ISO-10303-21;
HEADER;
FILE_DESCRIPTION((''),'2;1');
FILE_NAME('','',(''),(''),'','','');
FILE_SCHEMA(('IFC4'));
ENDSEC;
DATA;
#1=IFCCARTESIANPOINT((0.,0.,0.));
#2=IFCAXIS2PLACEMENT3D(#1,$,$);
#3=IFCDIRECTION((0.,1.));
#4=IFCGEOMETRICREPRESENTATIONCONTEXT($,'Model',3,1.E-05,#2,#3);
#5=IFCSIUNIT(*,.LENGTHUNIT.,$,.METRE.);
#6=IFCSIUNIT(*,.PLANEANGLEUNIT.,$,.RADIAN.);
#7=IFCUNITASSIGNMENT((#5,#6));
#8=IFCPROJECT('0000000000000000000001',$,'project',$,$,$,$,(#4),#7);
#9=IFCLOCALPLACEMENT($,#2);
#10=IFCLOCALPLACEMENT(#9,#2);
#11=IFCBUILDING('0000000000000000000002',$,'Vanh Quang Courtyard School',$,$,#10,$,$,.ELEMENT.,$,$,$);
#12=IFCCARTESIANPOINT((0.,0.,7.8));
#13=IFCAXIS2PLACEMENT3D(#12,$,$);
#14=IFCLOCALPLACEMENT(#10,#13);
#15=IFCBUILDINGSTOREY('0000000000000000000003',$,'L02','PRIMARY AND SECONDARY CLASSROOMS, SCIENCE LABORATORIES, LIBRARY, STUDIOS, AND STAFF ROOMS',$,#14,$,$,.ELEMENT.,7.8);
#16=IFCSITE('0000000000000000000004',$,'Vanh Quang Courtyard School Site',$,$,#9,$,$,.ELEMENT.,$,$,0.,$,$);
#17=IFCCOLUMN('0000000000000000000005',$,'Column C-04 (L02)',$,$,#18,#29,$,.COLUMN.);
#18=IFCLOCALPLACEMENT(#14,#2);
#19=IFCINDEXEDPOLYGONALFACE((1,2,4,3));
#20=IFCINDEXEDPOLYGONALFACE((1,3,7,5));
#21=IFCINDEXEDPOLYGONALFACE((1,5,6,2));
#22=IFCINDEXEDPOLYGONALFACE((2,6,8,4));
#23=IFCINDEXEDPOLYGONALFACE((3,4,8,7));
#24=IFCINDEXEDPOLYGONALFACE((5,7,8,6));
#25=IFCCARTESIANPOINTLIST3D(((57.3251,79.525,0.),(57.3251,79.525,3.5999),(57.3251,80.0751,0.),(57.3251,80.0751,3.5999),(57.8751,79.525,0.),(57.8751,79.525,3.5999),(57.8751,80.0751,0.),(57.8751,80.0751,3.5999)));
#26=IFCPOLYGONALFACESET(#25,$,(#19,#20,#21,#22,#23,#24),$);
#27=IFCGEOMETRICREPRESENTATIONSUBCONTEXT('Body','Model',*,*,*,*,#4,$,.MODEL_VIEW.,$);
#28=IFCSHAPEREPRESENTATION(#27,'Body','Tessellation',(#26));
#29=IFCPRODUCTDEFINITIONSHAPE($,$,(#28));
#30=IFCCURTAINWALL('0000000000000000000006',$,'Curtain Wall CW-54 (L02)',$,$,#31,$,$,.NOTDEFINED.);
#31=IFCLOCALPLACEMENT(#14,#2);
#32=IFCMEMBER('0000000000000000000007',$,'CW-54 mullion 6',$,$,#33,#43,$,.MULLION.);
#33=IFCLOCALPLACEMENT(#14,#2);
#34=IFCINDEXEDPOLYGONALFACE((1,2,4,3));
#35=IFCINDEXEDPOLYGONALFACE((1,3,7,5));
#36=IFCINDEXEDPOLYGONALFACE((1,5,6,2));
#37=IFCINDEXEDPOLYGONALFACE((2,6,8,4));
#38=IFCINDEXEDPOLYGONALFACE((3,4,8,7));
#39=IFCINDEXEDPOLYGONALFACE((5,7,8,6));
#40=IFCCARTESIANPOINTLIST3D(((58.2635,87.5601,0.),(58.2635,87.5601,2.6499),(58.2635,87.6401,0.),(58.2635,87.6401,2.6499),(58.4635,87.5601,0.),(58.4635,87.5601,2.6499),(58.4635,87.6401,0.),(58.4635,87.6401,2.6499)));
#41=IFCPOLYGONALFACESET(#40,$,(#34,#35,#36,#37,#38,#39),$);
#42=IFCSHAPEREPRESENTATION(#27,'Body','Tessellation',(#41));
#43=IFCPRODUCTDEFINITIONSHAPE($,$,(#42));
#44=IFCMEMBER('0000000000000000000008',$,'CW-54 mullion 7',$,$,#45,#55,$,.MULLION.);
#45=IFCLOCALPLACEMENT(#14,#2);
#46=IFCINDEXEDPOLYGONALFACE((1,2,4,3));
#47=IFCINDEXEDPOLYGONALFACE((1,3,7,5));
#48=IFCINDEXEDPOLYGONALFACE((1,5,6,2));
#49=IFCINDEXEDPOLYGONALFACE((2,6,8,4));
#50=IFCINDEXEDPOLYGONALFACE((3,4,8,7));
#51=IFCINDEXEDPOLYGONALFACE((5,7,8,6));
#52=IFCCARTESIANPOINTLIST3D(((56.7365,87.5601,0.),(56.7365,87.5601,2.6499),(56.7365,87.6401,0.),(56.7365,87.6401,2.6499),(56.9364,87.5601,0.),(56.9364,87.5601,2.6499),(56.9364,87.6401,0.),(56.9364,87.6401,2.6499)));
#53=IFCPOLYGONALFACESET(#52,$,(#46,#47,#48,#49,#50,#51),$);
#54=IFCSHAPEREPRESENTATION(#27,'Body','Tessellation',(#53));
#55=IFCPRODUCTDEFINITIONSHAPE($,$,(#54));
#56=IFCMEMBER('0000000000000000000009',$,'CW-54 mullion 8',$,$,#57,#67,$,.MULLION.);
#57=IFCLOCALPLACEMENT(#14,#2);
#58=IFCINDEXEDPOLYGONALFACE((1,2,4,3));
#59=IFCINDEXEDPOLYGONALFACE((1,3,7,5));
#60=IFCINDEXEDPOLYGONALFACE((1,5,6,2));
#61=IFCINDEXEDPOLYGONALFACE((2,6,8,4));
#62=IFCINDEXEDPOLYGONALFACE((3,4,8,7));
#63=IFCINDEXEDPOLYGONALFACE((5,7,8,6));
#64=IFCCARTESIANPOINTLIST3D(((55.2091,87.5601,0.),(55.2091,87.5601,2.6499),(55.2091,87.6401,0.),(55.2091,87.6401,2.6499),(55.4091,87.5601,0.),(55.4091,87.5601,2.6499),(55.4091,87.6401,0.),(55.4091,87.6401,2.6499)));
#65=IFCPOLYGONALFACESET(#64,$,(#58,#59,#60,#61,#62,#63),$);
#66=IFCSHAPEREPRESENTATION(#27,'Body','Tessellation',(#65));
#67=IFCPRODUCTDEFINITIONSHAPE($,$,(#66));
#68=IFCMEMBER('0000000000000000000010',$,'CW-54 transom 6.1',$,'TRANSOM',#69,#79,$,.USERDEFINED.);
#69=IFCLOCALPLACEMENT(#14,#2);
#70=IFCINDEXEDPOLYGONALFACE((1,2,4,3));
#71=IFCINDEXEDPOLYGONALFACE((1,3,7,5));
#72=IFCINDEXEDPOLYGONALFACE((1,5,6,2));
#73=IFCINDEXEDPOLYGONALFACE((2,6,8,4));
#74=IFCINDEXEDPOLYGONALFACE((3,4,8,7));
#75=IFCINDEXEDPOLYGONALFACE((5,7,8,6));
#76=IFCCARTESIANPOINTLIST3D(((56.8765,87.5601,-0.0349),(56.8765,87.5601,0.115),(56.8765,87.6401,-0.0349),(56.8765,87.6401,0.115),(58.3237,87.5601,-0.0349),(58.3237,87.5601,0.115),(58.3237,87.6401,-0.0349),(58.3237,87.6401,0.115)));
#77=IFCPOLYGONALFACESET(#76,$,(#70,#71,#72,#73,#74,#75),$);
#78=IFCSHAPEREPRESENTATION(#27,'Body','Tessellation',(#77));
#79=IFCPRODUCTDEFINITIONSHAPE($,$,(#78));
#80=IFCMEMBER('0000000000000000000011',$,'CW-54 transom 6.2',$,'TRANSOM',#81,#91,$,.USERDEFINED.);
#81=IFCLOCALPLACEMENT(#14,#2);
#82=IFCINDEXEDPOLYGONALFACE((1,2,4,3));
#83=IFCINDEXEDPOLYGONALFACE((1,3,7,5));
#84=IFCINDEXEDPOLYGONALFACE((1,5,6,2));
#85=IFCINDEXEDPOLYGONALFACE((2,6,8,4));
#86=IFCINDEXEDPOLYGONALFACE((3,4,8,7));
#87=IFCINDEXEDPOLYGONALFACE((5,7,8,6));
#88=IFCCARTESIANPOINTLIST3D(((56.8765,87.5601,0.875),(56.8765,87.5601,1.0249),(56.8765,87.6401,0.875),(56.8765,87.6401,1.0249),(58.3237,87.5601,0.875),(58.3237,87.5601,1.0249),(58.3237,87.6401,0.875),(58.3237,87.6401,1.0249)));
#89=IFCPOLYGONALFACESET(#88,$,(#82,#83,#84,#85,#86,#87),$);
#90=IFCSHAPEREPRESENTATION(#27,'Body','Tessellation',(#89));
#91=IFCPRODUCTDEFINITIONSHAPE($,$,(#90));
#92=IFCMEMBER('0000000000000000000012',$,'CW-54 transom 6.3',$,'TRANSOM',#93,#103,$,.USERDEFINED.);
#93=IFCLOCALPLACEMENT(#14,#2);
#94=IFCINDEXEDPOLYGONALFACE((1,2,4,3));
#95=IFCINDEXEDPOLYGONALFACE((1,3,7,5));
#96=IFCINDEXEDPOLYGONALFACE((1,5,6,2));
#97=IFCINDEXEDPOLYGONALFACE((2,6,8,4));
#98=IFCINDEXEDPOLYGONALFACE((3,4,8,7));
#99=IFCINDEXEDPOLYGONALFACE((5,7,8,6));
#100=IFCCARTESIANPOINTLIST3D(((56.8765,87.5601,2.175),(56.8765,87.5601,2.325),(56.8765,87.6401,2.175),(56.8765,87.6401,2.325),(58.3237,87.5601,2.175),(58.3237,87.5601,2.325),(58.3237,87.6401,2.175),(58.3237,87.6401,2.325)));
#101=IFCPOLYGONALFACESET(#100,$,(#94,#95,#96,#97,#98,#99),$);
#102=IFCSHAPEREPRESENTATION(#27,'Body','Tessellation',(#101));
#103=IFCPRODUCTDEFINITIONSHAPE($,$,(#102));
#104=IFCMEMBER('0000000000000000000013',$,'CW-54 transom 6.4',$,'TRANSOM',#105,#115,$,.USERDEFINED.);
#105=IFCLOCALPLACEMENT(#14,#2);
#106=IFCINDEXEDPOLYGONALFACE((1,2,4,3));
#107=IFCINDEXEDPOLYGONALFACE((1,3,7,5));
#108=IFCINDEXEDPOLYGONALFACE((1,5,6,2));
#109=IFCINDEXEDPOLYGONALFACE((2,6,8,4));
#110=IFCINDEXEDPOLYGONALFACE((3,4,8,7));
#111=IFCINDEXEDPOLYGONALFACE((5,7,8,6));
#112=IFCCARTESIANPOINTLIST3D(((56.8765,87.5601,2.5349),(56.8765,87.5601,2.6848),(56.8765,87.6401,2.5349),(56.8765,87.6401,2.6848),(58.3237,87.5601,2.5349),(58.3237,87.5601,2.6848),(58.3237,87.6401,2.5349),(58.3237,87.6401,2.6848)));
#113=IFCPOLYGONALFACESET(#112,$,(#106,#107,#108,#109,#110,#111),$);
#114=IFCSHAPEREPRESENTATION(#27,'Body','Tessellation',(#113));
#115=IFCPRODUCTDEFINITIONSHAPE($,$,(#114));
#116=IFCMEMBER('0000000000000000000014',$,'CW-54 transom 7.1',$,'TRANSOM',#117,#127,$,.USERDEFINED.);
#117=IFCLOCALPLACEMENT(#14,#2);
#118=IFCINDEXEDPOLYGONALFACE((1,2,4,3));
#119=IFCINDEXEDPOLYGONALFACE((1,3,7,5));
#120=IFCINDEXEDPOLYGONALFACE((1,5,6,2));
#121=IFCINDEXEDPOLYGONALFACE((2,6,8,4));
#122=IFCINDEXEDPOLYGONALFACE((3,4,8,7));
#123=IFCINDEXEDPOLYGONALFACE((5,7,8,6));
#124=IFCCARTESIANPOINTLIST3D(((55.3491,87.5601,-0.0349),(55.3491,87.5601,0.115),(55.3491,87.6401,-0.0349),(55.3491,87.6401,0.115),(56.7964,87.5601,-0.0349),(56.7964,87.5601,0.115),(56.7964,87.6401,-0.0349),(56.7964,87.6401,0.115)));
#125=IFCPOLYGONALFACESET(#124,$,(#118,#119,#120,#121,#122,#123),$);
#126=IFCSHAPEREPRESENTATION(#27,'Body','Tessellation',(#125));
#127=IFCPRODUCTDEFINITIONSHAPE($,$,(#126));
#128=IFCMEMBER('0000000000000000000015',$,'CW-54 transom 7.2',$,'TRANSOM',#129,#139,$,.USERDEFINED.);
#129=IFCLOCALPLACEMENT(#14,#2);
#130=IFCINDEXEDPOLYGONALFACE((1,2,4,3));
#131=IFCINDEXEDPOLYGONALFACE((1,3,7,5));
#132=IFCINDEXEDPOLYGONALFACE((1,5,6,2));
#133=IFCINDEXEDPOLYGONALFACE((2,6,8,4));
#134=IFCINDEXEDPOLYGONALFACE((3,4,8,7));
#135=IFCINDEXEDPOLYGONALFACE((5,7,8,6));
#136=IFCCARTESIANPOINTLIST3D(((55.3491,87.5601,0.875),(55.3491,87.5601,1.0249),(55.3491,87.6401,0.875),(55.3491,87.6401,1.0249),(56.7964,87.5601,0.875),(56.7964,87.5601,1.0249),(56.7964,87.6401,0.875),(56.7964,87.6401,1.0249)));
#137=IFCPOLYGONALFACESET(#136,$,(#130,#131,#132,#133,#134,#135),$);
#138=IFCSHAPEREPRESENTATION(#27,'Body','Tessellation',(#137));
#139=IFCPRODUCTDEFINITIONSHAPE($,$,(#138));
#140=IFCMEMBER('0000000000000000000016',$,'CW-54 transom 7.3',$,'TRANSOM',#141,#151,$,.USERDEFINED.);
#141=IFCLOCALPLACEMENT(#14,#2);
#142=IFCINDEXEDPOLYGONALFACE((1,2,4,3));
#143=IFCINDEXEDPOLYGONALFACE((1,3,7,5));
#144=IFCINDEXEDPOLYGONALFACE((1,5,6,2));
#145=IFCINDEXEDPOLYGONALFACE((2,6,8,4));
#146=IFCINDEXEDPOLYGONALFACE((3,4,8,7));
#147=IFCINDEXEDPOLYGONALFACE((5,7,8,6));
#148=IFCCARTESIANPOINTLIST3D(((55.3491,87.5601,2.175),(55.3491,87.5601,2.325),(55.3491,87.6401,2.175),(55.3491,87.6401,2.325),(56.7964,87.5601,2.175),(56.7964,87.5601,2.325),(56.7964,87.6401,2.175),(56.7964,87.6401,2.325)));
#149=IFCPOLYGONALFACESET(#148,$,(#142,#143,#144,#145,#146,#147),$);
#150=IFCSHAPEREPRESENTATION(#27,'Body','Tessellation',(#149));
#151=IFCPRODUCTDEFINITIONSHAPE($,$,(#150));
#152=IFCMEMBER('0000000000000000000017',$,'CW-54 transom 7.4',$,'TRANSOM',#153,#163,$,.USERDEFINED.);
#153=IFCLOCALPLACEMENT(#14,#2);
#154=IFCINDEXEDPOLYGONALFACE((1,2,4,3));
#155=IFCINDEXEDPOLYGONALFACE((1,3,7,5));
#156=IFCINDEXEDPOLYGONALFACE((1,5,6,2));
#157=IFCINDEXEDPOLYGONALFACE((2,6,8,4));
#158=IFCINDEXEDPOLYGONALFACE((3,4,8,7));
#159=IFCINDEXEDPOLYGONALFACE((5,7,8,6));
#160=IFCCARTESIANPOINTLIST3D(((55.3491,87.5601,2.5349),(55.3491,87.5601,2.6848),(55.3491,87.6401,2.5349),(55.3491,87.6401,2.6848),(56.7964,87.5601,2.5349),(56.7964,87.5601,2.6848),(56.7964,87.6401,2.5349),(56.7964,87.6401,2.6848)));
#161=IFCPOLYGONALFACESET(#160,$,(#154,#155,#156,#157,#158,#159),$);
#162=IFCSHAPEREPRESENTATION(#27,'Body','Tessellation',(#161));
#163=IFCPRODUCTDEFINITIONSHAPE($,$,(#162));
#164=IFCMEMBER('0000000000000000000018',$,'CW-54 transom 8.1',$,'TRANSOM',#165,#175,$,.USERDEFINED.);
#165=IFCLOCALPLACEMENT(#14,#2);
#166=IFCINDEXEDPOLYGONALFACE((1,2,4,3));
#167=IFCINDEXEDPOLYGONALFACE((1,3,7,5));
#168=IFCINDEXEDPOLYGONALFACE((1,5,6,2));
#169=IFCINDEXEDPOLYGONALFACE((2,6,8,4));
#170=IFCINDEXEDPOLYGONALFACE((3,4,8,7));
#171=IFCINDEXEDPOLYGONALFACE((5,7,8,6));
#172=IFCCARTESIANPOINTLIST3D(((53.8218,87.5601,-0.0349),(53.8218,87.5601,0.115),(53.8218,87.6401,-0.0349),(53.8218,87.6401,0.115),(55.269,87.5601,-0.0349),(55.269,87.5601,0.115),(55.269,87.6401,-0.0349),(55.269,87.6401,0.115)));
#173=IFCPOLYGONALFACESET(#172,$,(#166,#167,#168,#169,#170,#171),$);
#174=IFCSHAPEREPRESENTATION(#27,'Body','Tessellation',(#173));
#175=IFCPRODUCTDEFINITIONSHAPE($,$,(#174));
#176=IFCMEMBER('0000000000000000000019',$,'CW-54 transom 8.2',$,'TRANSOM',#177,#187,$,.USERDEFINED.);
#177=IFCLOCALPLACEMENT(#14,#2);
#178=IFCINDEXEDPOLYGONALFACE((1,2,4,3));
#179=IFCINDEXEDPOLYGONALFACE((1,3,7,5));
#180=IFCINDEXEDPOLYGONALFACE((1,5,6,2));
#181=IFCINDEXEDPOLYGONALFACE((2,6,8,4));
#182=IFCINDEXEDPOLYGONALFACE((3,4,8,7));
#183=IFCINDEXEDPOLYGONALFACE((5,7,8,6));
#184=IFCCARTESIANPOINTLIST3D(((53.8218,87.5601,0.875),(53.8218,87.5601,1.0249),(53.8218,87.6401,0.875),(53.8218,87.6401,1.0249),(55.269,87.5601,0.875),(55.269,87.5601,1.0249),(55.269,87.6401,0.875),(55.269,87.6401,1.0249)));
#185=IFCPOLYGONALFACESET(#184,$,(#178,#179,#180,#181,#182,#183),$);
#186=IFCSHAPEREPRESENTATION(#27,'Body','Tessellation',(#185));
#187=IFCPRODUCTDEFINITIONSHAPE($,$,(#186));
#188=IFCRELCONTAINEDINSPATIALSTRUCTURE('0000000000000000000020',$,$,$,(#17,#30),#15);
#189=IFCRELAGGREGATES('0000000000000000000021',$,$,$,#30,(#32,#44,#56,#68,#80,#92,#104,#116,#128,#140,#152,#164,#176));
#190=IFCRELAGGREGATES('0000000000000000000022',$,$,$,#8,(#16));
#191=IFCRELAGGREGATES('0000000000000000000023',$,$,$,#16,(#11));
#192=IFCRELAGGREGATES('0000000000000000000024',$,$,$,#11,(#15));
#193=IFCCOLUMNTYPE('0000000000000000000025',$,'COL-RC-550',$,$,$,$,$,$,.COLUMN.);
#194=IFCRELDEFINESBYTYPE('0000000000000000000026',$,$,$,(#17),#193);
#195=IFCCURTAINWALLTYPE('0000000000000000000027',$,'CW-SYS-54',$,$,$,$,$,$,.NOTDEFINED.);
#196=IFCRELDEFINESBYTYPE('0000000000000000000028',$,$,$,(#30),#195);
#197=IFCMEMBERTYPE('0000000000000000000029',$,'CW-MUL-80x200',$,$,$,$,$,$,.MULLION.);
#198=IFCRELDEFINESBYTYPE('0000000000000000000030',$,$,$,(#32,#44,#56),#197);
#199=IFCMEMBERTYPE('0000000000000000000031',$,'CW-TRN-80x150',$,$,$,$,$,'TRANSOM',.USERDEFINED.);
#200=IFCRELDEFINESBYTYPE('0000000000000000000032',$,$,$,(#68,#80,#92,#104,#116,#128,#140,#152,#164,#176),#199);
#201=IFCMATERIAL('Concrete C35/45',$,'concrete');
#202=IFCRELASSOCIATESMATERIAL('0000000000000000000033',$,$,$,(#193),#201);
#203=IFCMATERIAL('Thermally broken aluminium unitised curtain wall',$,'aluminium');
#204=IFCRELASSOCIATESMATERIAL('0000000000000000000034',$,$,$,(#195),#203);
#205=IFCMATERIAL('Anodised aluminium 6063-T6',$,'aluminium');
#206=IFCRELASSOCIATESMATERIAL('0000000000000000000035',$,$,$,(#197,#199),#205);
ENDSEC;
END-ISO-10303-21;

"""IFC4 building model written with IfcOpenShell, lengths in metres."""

from ifc_helpers import new_model, si_unit, direction, frame, origin, origin_2d, place, context, subcontext, project, spatial, rectangle, extrude, material, material_profile, profile_set, type_object, element, aggregate, save


model = new_model("IFC4")

# Units and contexts
model_context = context("Model", 3, precision=1e-05, world=origin(), true_north=direction((0.0, 1.0)))
body_context = subcontext(model_context, "Body", "Model", "MODEL_VIEW")
ifc_project = project(units=[si_unit("LENGTHUNIT", "METRE"), si_unit("PLANEANGLEUNIT", "RADIAN")], contexts=[model_context])

# Site, building, storey
site_placement = place(None, origin())
site = spatial("IfcSite", under=ifc_project, at=site_placement, Name="Vanh Quang Courtyard School Site", CompositionType="ELEMENT", RefElevation=0.0)
building_placement = place(site_placement, origin())
building = spatial("IfcBuilding", under=site, at=building_placement, Name="Vanh Quang Courtyard School", CompositionType="ELEMENT")
storey_placement = place(building_placement, frame((0.0, 0.0, 7.8)))
storey = spatial("IfcBuildingStorey", under=building, at=storey_placement, Name="L02", Description="PRIMARY AND SECONDARY CLASSROOMS, SCIENCE LABORATORIES, LIBRARY, STUDIOS, AND STAFF ROOMS", CompositionType="ELEMENT", Elevation=7.8)

# Column
ifc_material_1 = material(Name="Concrete C35/45", Category="concrete")
ifc_material_profile_1 = material_profile(ifc_material_1, rectangle(XDim=0.55, YDim=0.55, at=origin_2d()), Name="RC-COL 550x550")
ifc_profile_set_1 = profile_set([ifc_material_profile_1], Name="Concrete C35/45")
column_type = type_object("IfcColumnType", Name="COL-RC-550", PredefinedType="COLUMN", material=ifc_profile_set_1)
column_placement = place(storey_placement, frame((57.6001, 79.8, 0.0), z_axis=(0.0, 0.0, 1.0), x_axis=(1.0, 0.0, 0.0)))
element("IfcColumn", 1, at=column_placement, inside=storey, type_object=column_type, Name="Column C-04 (L02)", PredefinedType="COLUMN", context=body_context, shape_type="SweptSolid", body=[
    extrude(rectangle(XDim=0.55, YDim=0.55, at=origin_2d()), origin(), (0.0, 0.0, 1.0), 3.5999),
])

# Curtain wall, members
ifc_material_2 = material(Name="Thermally broken aluminium unitised curtain wall", Category="aluminium")
curtain_wall_type = type_object("IfcCurtainWallType", Name="CW-SYS-54", PredefinedType="NOTDEFINED", material=ifc_material_2)
curtain_wall_placement = place(storey_placement, origin())
curtain_wall = element("IfcCurtainWall", 2, at=curtain_wall_placement, inside=storey, type_object=curtain_wall_type, Name="Curtain Wall CW-54 (L02)", PredefinedType="NOTDEFINED")
ifc_material_3 = material(Name="Anodised aluminium 6063-T6", Category="aluminium")
ifc_material_profile_2 = material_profile(ifc_material_3, rectangle(XDim=0.0801, YDim=0.2, at=origin_2d()), Name="ALU-MUL 80x200")
ifc_profile_set_2 = profile_set([ifc_material_profile_2], Name="Anodised aluminium 6063-T6")
member_type_1 = type_object("IfcMemberType", Name="CW-MUL-80x200", PredefinedType="MULLION", material=ifc_profile_set_2)
member_1_placement = place(storey_placement, frame((58.3635, 87.6001, 0.0), z_axis=(0.0, 0.0, 1.0), x_axis=(0.0, -1.0, 0.0)))
member_1 = element("IfcMember", 3, at=member_1_placement, type_object=member_type_1, Name="CW-54 mullion 6", PredefinedType="MULLION", context=body_context, shape_type="SweptSolid", body=[
    extrude(rectangle(XDim=0.0801, YDim=0.2, at=origin_2d()), origin(), (0.0, 0.0, 1.0), 2.6499),
])
member_2_placement = place(storey_placement, frame((56.8364, 87.6001, 0.0), z_axis=(0.0, 0.0, 1.0), x_axis=(0.0, -1.0, 0.0)))
member_2 = element("IfcMember", 4, at=member_2_placement, type_object=member_type_1, Name="CW-54 mullion 7", PredefinedType="MULLION", context=body_context, shape_type="SweptSolid", body=[
    extrude(rectangle(XDim=0.0801, YDim=0.2, at=origin_2d()), origin(), (0.0, 0.0, 1.0), 2.6499),
])
member_3_placement = place(storey_placement, frame((55.3091, 87.6001, 0.0), z_axis=(0.0, 0.0, 1.0), x_axis=(0.0, -1.0, 0.0)))
member_3 = element("IfcMember", 5, at=member_3_placement, type_object=member_type_1, Name="CW-54 mullion 8", PredefinedType="MULLION", context=body_context, shape_type="SweptSolid", body=[
    extrude(rectangle(XDim=0.0801, YDim=0.2, at=origin_2d()), origin(), (0.0, 0.0, 1.0), 2.6499),
])
ifc_material_profile_3 = material_profile(ifc_material_3, rectangle(XDim=0.0801, YDim=0.1499, at=origin_2d()), Name="ALU-TRN 80x150")
ifc_profile_set_3 = profile_set([ifc_material_profile_3], Name="Anodised aluminium 6063-T6")
member_type_2 = type_object("IfcMemberType", Name="CW-TRN-80x150", ElementType="TRANSOM", PredefinedType="USERDEFINED", material=ifc_profile_set_3)
member_4_placement = place(storey_placement, frame((58.3237, 87.6001, 0.04), z_axis=(-1.0, 0.0, 0.0), x_axis=(0.0, -1.0, 0.0)))
member_4 = element("IfcMember", 6, at=member_4_placement, type_object=member_type_2, Name="CW-54 transom 6.1", ObjectType="TRANSOM", PredefinedType="USERDEFINED", context=body_context, shape_type="SweptSolid", body=[
    extrude(rectangle(XDim=0.0801, YDim=0.1499, at=origin_2d()), origin(), (0.0, 0.0, 1.0), 1.4473),
])
member_5_placement = place(storey_placement, frame((58.3237, 87.6001, 0.95), z_axis=(-1.0, 0.0, 0.0), x_axis=(0.0, -1.0, 0.0)))
member_5 = element("IfcMember", 7, at=member_5_placement, type_object=member_type_2, Name="CW-54 transom 6.2", ObjectType="TRANSOM", PredefinedType="USERDEFINED", context=body_context, shape_type="SweptSolid", body=[
    extrude(rectangle(XDim=0.0801, YDim=0.1499, at=origin_2d()), origin(), (0.0, 0.0, 1.0), 1.4473),
])
member_6_placement = place(storey_placement, frame((58.3237, 87.6001, 2.25), z_axis=(-1.0, 0.0, 0.0), x_axis=(0.0, -1.0, 0.0)))
member_6 = element("IfcMember", 8, at=member_6_placement, type_object=member_type_2, Name="CW-54 transom 6.3", ObjectType="TRANSOM", PredefinedType="USERDEFINED", context=body_context, shape_type="SweptSolid", body=[
    extrude(rectangle(XDim=0.0801, YDim=0.1499, at=origin_2d()), origin(), (0.0, 0.0, 1.0), 1.4473),
])
member_7_placement = place(storey_placement, frame((58.3237, 87.6001, 2.6099), z_axis=(-1.0, 0.0, 0.0), x_axis=(0.0, -1.0, 0.0)))
member_7 = element("IfcMember", 9, at=member_7_placement, type_object=member_type_2, Name="CW-54 transom 6.4", ObjectType="TRANSOM", PredefinedType="USERDEFINED", context=body_context, shape_type="SweptSolid", body=[
    extrude(rectangle(XDim=0.0801, YDim=0.1499, at=origin_2d()), origin(), (0.0, 0.0, 1.0), 1.4473),
])
member_8_placement = place(storey_placement, frame((56.7964, 87.6001, 0.04), z_axis=(-1.0, 0.0, 0.0), x_axis=(0.0, -1.0, 0.0)))
member_8 = element("IfcMember", 10, at=member_8_placement, type_object=member_type_2, Name="CW-54 transom 7.1", ObjectType="TRANSOM", PredefinedType="USERDEFINED", context=body_context, shape_type="SweptSolid", body=[
    extrude(rectangle(XDim=0.0801, YDim=0.1499, at=origin_2d()), origin(), (0.0, 0.0, 1.0), 1.4473),
])
member_9_placement = place(storey_placement, frame((56.7964, 87.6001, 0.95), z_axis=(-1.0, 0.0, 0.0), x_axis=(0.0, -1.0, 0.0)))
member_9 = element("IfcMember", 11, at=member_9_placement, type_object=member_type_2, Name="CW-54 transom 7.2", ObjectType="TRANSOM", PredefinedType="USERDEFINED", context=body_context, shape_type="SweptSolid", body=[
    extrude(rectangle(XDim=0.0801, YDim=0.1499, at=origin_2d()), origin(), (0.0, 0.0, 1.0), 1.4473),
])
member_10_placement = place(storey_placement, frame((56.7964, 87.6001, 2.25), z_axis=(-1.0, 0.0, 0.0), x_axis=(0.0, -1.0, 0.0)))
member_10 = element("IfcMember", 12, at=member_10_placement, type_object=member_type_2, Name="CW-54 transom 7.3", ObjectType="TRANSOM", PredefinedType="USERDEFINED", context=body_context, shape_type="SweptSolid", body=[
    extrude(rectangle(XDim=0.0801, YDim=0.1499, at=origin_2d()), origin(), (0.0, 0.0, 1.0), 1.4473),
])
member_11_placement = place(storey_placement, frame((56.7964, 87.6001, 2.6099), z_axis=(-1.0, 0.0, 0.0), x_axis=(0.0, -1.0, 0.0)))
member_11 = element("IfcMember", 13, at=member_11_placement, type_object=member_type_2, Name="CW-54 transom 7.4", ObjectType="TRANSOM", PredefinedType="USERDEFINED", context=body_context, shape_type="SweptSolid", body=[
    extrude(rectangle(XDim=0.0801, YDim=0.1499, at=origin_2d()), origin(), (0.0, 0.0, 1.0), 1.4473),
])
member_12_placement = place(storey_placement, frame((55.269, 87.6001, 0.04), z_axis=(-1.0, 0.0, 0.0), x_axis=(0.0, -1.0, 0.0)))
member_12 = element("IfcMember", 14, at=member_12_placement, type_object=member_type_2, Name="CW-54 transom 8.1", ObjectType="TRANSOM", PredefinedType="USERDEFINED", context=body_context, shape_type="SweptSolid", body=[
    extrude(rectangle(XDim=0.0801, YDim=0.1499, at=origin_2d()), origin(), (0.0, 0.0, 1.0), 1.4473),
])
member_13_placement = place(storey_placement, frame((55.269, 87.6001, 0.95), z_axis=(-1.0, 0.0, 0.0), x_axis=(0.0, -1.0, 0.0)))
member_13 = element("IfcMember", 15, at=member_13_placement, type_object=member_type_2, Name="CW-54 transom 8.2", ObjectType="TRANSOM", PredefinedType="USERDEFINED", context=body_context, shape_type="SweptSolid", body=[
    extrude(rectangle(XDim=0.0801, YDim=0.1499, at=origin_2d()), origin(), (0.0, 0.0, 1.0), 1.4473),
])
aggregate(curtain_wall, [member_1, member_2, member_3, member_4, member_5, member_6, member_7, member_8, member_9, member_10, member_11, member_12, member_13])

save(model, "model.ifc")
